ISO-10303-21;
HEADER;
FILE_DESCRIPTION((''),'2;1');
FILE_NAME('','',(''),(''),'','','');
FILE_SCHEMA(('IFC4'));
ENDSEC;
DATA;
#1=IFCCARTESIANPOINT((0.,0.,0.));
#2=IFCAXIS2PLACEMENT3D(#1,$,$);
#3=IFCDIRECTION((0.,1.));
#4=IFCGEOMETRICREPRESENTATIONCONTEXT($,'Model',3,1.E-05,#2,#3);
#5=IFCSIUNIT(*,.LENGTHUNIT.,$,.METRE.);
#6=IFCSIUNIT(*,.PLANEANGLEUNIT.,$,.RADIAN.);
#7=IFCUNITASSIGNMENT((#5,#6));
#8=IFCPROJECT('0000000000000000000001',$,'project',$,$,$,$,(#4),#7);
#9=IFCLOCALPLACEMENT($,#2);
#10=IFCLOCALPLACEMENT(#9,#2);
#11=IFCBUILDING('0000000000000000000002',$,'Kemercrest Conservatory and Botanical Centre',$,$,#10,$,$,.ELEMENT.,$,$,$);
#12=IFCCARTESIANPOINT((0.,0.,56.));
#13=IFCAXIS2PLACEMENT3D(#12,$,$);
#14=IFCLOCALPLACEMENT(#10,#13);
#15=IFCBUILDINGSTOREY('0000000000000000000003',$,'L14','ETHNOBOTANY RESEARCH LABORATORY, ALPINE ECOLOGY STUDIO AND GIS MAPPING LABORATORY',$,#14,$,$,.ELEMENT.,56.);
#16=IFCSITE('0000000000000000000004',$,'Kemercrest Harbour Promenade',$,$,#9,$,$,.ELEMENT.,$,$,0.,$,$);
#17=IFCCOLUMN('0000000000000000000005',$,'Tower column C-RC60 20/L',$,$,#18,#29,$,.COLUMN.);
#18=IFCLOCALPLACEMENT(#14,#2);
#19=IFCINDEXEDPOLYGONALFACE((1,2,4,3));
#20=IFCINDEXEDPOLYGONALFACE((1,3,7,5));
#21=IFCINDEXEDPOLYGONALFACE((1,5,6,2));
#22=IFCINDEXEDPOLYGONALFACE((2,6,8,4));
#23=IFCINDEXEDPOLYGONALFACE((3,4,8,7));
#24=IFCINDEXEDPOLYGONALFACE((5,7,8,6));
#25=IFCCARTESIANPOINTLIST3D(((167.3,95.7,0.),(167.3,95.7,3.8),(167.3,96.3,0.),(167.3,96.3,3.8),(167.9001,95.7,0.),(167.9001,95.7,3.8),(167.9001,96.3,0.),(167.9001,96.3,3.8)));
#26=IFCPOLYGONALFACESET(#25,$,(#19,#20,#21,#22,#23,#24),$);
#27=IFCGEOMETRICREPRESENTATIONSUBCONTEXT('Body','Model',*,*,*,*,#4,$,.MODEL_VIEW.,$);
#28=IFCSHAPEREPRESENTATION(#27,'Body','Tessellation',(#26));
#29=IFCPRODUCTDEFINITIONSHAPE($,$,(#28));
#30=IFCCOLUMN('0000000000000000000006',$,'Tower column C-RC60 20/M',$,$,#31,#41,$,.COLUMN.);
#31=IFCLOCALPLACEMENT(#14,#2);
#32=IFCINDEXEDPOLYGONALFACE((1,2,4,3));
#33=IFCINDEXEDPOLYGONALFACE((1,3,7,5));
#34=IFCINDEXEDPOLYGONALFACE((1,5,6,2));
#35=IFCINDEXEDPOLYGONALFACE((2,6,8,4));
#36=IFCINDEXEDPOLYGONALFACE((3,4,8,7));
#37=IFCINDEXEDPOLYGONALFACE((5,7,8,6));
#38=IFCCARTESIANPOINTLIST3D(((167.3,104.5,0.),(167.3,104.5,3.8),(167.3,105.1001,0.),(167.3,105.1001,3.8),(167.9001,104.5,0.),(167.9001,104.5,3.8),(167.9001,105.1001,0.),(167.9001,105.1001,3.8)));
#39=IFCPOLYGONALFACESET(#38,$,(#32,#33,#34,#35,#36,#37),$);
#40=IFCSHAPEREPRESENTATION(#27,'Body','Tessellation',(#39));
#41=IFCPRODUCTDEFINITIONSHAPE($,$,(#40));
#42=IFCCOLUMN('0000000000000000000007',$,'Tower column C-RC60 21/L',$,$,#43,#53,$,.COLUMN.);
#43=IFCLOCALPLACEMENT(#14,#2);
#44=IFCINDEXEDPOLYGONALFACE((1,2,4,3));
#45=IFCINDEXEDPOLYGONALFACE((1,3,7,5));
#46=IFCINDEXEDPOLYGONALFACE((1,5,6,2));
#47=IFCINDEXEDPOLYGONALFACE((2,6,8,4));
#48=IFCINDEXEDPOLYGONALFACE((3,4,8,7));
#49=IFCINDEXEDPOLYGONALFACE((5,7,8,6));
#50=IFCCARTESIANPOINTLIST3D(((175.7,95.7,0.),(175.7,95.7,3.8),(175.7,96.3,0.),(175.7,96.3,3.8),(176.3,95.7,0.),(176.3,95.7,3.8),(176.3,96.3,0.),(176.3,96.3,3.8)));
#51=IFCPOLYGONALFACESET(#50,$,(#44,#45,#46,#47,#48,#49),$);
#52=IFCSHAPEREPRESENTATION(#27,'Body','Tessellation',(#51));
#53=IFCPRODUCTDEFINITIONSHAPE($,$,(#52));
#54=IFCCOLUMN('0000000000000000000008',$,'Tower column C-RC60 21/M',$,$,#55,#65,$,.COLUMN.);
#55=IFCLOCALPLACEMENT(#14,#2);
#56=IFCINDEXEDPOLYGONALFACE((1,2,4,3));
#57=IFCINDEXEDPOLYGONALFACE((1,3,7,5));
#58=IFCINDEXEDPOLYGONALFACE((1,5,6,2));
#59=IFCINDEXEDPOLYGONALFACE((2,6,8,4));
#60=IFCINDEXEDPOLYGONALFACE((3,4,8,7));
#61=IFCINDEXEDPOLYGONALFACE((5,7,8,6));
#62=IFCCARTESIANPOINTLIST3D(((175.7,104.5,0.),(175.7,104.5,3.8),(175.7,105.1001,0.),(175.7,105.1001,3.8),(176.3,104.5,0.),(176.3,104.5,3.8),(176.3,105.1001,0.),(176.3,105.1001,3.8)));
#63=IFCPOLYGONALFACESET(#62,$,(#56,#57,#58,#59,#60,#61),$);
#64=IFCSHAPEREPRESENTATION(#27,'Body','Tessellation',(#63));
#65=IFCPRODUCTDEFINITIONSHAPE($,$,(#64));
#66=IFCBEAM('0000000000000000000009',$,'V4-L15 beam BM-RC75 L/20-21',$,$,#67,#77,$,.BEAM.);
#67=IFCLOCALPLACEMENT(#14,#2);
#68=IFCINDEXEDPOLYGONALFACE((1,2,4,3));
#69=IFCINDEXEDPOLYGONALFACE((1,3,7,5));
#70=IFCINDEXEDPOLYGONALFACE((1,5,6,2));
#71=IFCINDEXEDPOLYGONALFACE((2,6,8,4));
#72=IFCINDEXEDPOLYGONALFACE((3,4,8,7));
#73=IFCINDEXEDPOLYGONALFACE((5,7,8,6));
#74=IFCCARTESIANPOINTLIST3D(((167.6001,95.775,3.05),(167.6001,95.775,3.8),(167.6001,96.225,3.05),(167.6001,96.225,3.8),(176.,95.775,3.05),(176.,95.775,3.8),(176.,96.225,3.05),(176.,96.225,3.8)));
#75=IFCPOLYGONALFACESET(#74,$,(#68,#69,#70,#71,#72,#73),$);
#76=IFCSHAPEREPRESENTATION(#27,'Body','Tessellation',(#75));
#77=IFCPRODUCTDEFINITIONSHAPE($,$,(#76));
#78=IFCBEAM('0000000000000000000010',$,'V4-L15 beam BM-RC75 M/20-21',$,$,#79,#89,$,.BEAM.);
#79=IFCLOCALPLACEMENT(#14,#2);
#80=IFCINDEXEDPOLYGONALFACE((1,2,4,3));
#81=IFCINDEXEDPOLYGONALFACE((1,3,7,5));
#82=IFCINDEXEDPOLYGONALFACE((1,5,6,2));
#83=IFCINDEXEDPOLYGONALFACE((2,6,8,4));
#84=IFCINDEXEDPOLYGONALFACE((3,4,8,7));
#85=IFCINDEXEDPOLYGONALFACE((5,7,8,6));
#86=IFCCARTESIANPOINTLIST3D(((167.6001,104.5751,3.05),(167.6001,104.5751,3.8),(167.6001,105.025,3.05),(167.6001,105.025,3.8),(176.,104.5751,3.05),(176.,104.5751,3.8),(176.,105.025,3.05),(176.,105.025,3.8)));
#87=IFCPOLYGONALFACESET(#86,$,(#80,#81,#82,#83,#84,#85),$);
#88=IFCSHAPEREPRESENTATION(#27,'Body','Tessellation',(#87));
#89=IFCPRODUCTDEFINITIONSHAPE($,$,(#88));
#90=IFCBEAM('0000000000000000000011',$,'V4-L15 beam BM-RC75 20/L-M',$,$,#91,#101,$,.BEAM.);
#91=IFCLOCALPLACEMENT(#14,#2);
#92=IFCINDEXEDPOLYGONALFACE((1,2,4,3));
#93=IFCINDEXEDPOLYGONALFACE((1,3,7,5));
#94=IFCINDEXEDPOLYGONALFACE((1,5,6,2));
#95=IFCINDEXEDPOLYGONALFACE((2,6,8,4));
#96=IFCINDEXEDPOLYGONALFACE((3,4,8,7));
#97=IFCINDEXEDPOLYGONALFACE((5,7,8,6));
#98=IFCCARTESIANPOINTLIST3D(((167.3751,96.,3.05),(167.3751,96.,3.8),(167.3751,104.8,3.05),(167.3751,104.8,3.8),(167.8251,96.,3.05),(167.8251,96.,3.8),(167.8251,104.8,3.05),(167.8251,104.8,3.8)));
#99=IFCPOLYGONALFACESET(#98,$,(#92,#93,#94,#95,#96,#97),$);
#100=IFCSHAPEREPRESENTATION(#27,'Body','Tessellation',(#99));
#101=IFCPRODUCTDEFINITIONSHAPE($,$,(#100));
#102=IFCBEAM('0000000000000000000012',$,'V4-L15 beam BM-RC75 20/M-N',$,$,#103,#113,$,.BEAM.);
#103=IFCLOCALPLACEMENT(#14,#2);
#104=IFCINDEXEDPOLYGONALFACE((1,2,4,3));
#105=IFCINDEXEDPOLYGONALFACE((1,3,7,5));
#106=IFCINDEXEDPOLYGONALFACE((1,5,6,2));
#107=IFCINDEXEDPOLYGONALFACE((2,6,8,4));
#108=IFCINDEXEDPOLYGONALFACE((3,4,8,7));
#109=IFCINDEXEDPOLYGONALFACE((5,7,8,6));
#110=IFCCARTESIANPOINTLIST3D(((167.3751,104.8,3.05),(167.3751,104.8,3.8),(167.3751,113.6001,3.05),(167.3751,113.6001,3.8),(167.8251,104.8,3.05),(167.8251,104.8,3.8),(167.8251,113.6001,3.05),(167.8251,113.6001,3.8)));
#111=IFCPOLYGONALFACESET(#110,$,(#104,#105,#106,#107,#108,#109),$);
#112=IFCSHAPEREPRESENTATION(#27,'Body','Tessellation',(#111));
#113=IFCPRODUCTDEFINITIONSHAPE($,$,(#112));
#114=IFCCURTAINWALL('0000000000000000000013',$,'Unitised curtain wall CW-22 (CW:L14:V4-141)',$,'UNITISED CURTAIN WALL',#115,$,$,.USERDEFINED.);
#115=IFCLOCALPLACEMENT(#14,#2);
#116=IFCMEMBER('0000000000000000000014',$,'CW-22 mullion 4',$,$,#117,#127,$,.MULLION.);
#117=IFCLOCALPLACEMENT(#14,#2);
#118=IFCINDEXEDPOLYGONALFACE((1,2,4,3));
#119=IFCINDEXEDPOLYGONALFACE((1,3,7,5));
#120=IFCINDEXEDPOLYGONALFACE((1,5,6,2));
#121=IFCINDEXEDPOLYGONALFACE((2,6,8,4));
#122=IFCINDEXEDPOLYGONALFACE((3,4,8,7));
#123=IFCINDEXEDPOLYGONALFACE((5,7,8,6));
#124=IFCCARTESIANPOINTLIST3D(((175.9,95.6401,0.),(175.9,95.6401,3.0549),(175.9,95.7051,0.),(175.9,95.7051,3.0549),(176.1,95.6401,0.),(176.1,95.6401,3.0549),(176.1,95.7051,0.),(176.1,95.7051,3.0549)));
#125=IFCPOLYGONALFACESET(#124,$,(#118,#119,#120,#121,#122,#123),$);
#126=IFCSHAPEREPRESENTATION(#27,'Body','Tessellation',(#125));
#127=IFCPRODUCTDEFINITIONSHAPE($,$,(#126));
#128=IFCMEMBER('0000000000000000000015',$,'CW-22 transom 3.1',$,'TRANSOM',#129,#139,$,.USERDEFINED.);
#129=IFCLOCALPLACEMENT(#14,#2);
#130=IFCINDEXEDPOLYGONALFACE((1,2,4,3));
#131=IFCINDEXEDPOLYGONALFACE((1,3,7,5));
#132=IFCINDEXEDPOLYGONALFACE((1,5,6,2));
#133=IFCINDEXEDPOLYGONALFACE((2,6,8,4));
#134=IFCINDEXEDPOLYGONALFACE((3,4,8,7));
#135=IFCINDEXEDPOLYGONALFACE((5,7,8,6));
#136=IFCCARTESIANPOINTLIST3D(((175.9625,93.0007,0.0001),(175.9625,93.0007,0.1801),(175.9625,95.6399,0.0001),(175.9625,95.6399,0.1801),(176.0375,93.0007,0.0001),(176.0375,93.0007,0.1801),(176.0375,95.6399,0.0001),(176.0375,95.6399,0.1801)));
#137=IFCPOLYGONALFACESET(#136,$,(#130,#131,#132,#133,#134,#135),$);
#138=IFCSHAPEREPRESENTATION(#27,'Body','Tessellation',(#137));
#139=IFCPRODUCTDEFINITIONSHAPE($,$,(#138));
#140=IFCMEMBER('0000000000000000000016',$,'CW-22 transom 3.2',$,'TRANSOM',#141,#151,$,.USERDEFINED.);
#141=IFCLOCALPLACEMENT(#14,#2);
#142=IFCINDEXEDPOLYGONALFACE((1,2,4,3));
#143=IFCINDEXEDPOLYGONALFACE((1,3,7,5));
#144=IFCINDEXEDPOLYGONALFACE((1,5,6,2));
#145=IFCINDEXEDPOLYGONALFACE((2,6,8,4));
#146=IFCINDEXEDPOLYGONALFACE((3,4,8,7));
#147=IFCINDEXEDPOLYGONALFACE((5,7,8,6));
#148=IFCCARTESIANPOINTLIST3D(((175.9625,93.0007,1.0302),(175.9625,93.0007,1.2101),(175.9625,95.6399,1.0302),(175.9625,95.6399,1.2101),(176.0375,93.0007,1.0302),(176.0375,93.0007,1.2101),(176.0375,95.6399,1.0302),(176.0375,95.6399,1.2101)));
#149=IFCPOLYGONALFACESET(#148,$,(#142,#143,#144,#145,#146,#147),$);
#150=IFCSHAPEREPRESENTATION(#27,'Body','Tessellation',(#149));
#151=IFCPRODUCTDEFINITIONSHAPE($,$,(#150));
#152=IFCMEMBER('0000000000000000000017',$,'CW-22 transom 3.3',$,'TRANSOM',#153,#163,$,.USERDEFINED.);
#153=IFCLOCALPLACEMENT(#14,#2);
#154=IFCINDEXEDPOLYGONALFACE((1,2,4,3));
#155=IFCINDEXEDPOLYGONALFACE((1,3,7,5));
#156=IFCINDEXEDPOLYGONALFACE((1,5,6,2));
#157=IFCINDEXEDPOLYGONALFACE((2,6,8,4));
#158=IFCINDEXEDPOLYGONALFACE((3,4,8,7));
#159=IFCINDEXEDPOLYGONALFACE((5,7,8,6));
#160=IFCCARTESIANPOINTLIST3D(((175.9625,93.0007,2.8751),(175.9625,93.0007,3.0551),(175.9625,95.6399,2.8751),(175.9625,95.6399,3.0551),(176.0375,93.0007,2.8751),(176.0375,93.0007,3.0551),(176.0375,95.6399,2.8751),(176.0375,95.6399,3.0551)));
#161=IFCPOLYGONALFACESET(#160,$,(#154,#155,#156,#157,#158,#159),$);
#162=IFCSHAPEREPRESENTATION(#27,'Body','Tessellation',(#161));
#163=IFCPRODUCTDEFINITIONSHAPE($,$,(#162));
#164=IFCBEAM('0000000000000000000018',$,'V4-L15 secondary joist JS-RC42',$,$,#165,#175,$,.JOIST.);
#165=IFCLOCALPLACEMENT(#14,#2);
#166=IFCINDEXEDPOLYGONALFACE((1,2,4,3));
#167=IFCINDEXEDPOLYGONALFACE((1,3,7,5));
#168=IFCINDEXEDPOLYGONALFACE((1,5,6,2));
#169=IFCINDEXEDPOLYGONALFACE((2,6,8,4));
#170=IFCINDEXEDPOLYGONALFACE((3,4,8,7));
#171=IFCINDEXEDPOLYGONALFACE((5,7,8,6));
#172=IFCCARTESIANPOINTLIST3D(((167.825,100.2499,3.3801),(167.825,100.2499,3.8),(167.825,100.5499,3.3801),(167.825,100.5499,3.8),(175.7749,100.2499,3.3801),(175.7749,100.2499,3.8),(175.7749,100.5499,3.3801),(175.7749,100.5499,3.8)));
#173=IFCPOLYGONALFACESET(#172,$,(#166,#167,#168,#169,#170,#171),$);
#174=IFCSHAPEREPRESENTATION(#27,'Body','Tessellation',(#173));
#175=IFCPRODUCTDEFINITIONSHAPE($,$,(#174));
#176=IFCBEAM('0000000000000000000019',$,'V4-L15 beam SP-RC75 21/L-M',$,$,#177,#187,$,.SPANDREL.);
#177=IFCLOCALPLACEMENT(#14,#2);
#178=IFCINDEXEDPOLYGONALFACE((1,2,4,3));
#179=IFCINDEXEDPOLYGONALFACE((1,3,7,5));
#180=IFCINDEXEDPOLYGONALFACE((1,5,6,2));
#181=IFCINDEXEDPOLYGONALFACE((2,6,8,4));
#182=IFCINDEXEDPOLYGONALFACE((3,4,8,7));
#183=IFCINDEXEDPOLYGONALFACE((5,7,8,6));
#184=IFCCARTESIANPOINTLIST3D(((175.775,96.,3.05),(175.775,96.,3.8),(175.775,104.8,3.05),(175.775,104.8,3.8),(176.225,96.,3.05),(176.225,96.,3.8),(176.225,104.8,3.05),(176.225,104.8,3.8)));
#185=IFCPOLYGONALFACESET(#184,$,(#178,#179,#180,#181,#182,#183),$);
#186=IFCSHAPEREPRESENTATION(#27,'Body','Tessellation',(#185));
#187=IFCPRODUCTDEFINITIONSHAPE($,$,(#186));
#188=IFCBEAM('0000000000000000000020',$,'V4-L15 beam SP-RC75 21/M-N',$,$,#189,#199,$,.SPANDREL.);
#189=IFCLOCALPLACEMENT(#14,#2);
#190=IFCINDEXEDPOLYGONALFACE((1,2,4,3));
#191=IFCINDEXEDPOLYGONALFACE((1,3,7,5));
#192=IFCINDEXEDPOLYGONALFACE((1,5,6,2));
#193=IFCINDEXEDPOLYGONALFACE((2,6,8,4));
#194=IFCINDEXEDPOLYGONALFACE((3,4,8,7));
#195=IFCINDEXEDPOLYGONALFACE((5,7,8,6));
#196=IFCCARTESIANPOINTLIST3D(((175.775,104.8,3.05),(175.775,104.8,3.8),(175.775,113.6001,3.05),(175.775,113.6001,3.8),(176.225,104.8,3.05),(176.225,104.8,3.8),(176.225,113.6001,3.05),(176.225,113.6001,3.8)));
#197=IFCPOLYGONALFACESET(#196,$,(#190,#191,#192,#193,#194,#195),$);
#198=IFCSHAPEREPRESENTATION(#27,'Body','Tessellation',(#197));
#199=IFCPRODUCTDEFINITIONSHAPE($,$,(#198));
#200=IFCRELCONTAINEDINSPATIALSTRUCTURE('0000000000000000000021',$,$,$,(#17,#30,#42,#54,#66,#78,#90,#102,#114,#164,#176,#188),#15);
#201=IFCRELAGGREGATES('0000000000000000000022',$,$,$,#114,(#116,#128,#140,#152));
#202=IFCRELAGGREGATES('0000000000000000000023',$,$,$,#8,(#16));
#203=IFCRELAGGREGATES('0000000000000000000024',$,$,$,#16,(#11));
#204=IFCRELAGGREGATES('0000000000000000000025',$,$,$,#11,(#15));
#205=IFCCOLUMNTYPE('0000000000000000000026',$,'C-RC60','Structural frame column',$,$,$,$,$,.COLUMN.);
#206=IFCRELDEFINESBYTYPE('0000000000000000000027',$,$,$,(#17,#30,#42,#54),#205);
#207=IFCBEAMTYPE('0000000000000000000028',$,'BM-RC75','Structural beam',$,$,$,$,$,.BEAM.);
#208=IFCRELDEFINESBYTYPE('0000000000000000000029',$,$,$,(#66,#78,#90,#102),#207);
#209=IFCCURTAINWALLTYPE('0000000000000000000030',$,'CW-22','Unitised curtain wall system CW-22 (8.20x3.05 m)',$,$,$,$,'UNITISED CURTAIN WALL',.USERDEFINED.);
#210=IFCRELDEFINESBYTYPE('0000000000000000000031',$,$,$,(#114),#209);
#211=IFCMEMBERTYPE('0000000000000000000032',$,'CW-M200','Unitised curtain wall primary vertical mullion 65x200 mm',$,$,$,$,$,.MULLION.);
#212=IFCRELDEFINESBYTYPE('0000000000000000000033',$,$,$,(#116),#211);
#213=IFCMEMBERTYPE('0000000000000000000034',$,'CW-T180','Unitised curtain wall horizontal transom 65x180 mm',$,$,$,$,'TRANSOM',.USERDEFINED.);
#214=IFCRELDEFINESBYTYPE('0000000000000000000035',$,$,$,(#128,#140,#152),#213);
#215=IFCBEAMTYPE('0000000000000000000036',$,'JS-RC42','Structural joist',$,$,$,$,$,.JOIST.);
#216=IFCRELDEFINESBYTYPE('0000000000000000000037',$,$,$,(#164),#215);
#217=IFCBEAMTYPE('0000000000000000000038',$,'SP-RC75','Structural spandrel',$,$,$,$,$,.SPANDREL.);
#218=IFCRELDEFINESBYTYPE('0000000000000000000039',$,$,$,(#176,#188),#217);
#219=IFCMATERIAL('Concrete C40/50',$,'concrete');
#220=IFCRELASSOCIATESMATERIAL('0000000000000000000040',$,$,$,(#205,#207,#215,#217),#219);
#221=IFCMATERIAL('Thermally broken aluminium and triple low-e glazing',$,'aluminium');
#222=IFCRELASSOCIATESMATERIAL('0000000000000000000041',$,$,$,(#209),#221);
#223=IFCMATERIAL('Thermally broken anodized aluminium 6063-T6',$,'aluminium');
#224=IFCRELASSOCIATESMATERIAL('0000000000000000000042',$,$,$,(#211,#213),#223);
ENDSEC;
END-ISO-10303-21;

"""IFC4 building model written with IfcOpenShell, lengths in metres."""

from ifc_helpers import new_model, si_unit, direction, frame, origin, origin_2d, place, context, subcontext, project, spatial, rectangle, extrude, material, material_profile, profile_set, type_object, element, aggregate, save


model = new_model("IFC4")

# Units and contexts
model_context = context("Model", 3, precision=1e-05, world=origin(), true_north=direction((0.0, 1.0)))
body_context = subcontext(model_context, "Body", "Model", "MODEL_VIEW")
ifc_project = project(units=[si_unit("LENGTHUNIT", "METRE"), si_unit("PLANEANGLEUNIT", "RADIAN")], contexts=[model_context])

# Site, building, storey
site_placement = place(None, origin())
site = spatial("IfcSite", under=ifc_project, at=site_placement, Name="Kemercrest Harbour Promenade", CompositionType="ELEMENT", RefElevation=0.0)
building_placement = place(site_placement, origin())
building = spatial("IfcBuilding", under=site, at=building_placement, Name="Kemercrest Conservatory and Botanical Centre", CompositionType="ELEMENT")
storey_placement = place(building_placement, frame((0.0, 0.0, 56.0)))
storey = spatial("IfcBuildingStorey", under=building, at=storey_placement, Name="L14", Description="ETHNOBOTANY RESEARCH LABORATORY, ALPINE ECOLOGY STUDIO AND GIS MAPPING LABORATORY", CompositionType="ELEMENT", Elevation=56.0)

# Columns
ifc_material_1 = material(Name="Concrete C40/50", Category="concrete")
ifc_material_profile_1 = material_profile(ifc_material_1, rectangle(XDim=0.6001, YDim=0.6001, at=origin_2d()), Name="RC 600x600")
ifc_profile_set_1 = profile_set([ifc_material_profile_1], Name="Concrete C40/50")
column_type = type_object("IfcColumnType", Name="C-RC60", Description="Structural frame column", PredefinedType="COLUMN", material=ifc_profile_set_1)
for number, where, z_axis, x_axis, name in (
    (1, (167.6001, 96.0, 0.0), (0.0, 0.0, 1.0), (1.0, 0.0, 0.0), "Tower column C-RC60 20/L"),
    (2, (167.6001, 104.8, 0.0), (0.0, 0.0, 1.0), (1.0, 0.0, 0.0), "Tower column C-RC60 20/M"),
    (3, (176.0, 96.0, 0.0), (0.0, 0.0, 1.0), (1.0, 0.0, 0.0), "Tower column C-RC60 21/L"),
    (4, (176.0, 104.8, 0.0), (0.0, 0.0, 1.0), (1.0, 0.0, 0.0), "Tower column C-RC60 21/M"),
):
    element("IfcColumn", number, at=place(storey_placement, frame(where, z_axis=z_axis, x_axis=x_axis)), inside=storey, type_object=column_type, Name=name, PredefinedType="COLUMN", context=body_context, shape_type="SweptSolid", body=[
        extrude(rectangle(XDim=0.6001, YDim=0.6001, at=origin_2d()), origin(), (0.0, 0.0, 1.0), 3.8),
    ])

# Beams
ifc_material_profile_2 = material_profile(ifc_material_1, rectangle(XDim=0.45, YDim=0.75, at=origin_2d()), Name="RC 450x750")
ifc_profile_set_2 = profile_set([ifc_material_profile_2], Name="Concrete C40/50")
beam_type_1 = type_object("IfcBeamType", Name="BM-RC75", Description="Structural beam", PredefinedType="BEAM", material=ifc_profile_set_2)
for number, where, z_axis, x_axis, name in (
    (5, (167.6001, 96.0, 3.425), (1.0, 0.0, 0.0), (0.0, 1.0, 0.0), "V4-L15 beam BM-RC75 L/20-21"),
    (6, (167.6001, 104.8, 3.425), (1.0, 0.0, 0.0), (0.0, 1.0, 0.0), "V4-L15 beam BM-RC75 M/20-21"),
):
    element("IfcBeam", number, at=place(storey_placement, frame(where, z_axis=z_axis, x_axis=x_axis)), inside=storey, type_object=beam_type_1, Name=name, PredefinedType="BEAM", context=body_context, shape_type="SweptSolid", body=[
        extrude(rectangle(XDim=0.45, YDim=0.75, at=origin_2d()), origin(), (0.0, 0.0, 1.0), 8.3999),
    ])
for number, where, z_axis, x_axis, name in (
    (7, (167.6001, 96.0, 3.425), (0.0, 1.0, 0.0), (-1.0, 0.0, 0.0), "V4-L15 beam BM-RC75 20/L-M"),
    (8, (167.6001, 104.8, 3.425), (0.0, 1.0, 0.0), (-1.0, 0.0, 0.0), "V4-L15 beam BM-RC75 20/M-N"),
):
    element("IfcBeam", number, at=place(storey_placement, frame(where, z_axis=z_axis, x_axis=x_axis)), inside=storey, type_object=beam_type_1, Name=name, PredefinedType="BEAM", context=body_context, shape_type="SweptSolid", body=[
        extrude(rectangle(XDim=0.45, YDim=0.75, at=origin_2d()), origin(), (0.0, 0.0, 1.0), 8.8),
    ])

# Curtain wall, members
ifc_material_2 = material(Name="Thermally broken aluminium and triple low-e glazing", Category="aluminium")
curtain_wall_type = type_object("IfcCurtainWallType", Name="CW-22", Description="Unitised curtain wall system CW-22 (8.20x3.05 m)", ElementType="UNITISED CURTAIN WALL", PredefinedType="USERDEFINED", material=ifc_material_2)
curtain_wall_placement = place(storey_placement, origin())
curtain_wall = element("IfcCurtainWall", 9, at=curtain_wall_placement, inside=storey, type_object=curtain_wall_type, Name="Unitised curtain wall CW-22 (CW:L14:V4-141)", ObjectType="UNITISED CURTAIN WALL", PredefinedType="USERDEFINED")
ifc_material_3 = material(Name="Thermally broken anodized aluminium 6063-T6", Category="aluminium")
ifc_material_profile_3 = material_profile(ifc_material_3, rectangle(XDim=0.2, YDim=0.0649, at=origin_2d()), Name="AL MULLION 65x200")
ifc_profile_set_3 = profile_set([ifc_material_profile_3], Name="Thermally broken anodized aluminium 6063-T6")
member_type_1 = type_object("IfcMemberType", Name="CW-M200", Description="Unitised curtain wall primary vertical mullion 65x200 mm", PredefinedType="MULLION", material=ifc_profile_set_3)
member_1_placement = place(storey_placement, frame((176.0, 95.6726, 0.0), z_axis=(0.0, 0.0, 1.0), x_axis=(-1.0, 0.0, 0.0)))
member_1 = element("IfcMember", 10, at=member_1_placement, type_object=member_type_1, Name="CW-22 mullion 4", PredefinedType="MULLION", context=body_context, shape_type="SweptSolid", body=[
    extrude(rectangle(XDim=0.2, YDim=0.0649, at=origin_2d()), origin(), (0.0, 0.0, 1.0), 3.0549),
])
ifc_material_profile_4 = material_profile(ifc_material_3, rectangle(XDim=0.075, YDim=0.1799, at=origin_2d()), Name="AL TRANSOM 75x180")
ifc_profile_set_4 = profile_set([ifc_material_profile_4], Name="Thermally broken anodized aluminium 6063-T6")
member_type_2 = type_object("IfcMemberType", Name="CW-T180", Description="Unitised curtain wall horizontal transom 65x180 mm", ElementType="TRANSOM", PredefinedType="USERDEFINED", material=ifc_profile_set_4)
member_2_placement = place(storey_placement, frame((176.0, 93.0007, 0.0901), z_axis=(0.0, 1.0, 0.0), x_axis=(-1.0, 0.0, 0.0)))
member_2 = element("IfcMember", 11, at=member_2_placement, type_object=member_type_2, Name="CW-22 transom 3.1", ObjectType="TRANSOM", PredefinedType="USERDEFINED", context=body_context, shape_type="SweptSolid", body=[
    extrude(rectangle(XDim=0.075, YDim=0.1799, at=origin_2d()), origin(), (0.0, 0.0, 1.0), 2.6392),
])
member_3_placement = place(storey_placement, frame((176.0, 93.0007, 1.1201), z_axis=(0.0, 1.0, 0.0), x_axis=(-1.0, 0.0, 0.0)))
member_3 = element("IfcMember", 12, at=member_3_placement, type_object=member_type_2, Name="CW-22 transom 3.2", ObjectType="TRANSOM", PredefinedType="USERDEFINED", context=body_context, shape_type="SweptSolid", body=[
    extrude(rectangle(XDim=0.075, YDim=0.1799, at=origin_2d()), origin(), (0.0, 0.0, 1.0), 2.6392),
])
member_4_placement = place(storey_placement, frame((176.0, 93.0007, 2.9651), z_axis=(0.0, 1.0, 0.0), x_axis=(-1.0, 0.0, 0.0)))
member_4 = element("IfcMember", 13, at=member_4_placement, type_object=member_type_2, Name="CW-22 transom 3.3", ObjectType="TRANSOM", PredefinedType="USERDEFINED", context=body_context, shape_type="SweptSolid", body=[
    extrude(rectangle(XDim=0.075, YDim=0.1799, at=origin_2d()), origin(), (0.0, 0.0, 1.0), 2.6392),
])

# Beams
ifc_material_profile_5 = material_profile(ifc_material_1, rectangle(XDim=0.3, YDim=0.4199, at=origin_2d()), Name="RC 300x420")
ifc_profile_set_5 = profile_set([ifc_material_profile_5], Name="Concrete C40/50")
beam_type_2 = type_object("IfcBeamType", Name="JS-RC42", Description="Structural joist", PredefinedType="JOIST", material=ifc_profile_set_5)
beam_placement = place(storey_placement, frame((167.825, 100.3999, 3.5901), z_axis=(1.0, 0.0, 0.0), x_axis=(0.0, 1.0, 0.0)))
element("IfcBeam", 14, at=beam_placement, inside=storey, type_object=beam_type_2, Name="V4-L15 secondary joist JS-RC42", PredefinedType="JOIST", context=body_context, shape_type="SweptSolid", body=[
    extrude(rectangle(XDim=0.3, YDim=0.4199, at=origin_2d()), origin(), (0.0, 0.0, 1.0), 7.95),
])
ifc_material_profile_6 = material_profile(ifc_material_1, rectangle(XDim=0.45, YDim=0.75, at=origin_2d()), Name="RC 450x750")
ifc_profile_set_6 = profile_set([ifc_material_profile_6], Name="Concrete C40/50")
beam_type_3 = type_object("IfcBeamType", Name="SP-RC75", Description="Structural spandrel", PredefinedType="SPANDREL", material=ifc_profile_set_6)
for number, where, z_axis, x_axis, name in (
    (15, (176.0, 96.0, 3.425), (0.0, 1.0, 0.0), (-1.0, 0.0, 0.0), "V4-L15 beam SP-RC75 21/L-M"),
    (16, (176.0, 104.8, 3.425), (0.0, 1.0, 0.0), (-1.0, 0.0, 0.0), "V4-L15 beam SP-RC75 21/M-N"),
):
    element("IfcBeam", number, at=place(storey_placement, frame(where, z_axis=z_axis, x_axis=x_axis)), inside=storey, type_object=beam_type_3, Name=name, PredefinedType="SPANDREL", context=body_context, shape_type="SweptSolid", body=[
        extrude(rectangle(XDim=0.45, YDim=0.75, at=origin_2d()), origin(), (0.0, 0.0, 1.0), 8.8),
    ])

aggregate(curtain_wall, [member_1, member_2, member_3, member_4])

save(model, "model.ifc")
